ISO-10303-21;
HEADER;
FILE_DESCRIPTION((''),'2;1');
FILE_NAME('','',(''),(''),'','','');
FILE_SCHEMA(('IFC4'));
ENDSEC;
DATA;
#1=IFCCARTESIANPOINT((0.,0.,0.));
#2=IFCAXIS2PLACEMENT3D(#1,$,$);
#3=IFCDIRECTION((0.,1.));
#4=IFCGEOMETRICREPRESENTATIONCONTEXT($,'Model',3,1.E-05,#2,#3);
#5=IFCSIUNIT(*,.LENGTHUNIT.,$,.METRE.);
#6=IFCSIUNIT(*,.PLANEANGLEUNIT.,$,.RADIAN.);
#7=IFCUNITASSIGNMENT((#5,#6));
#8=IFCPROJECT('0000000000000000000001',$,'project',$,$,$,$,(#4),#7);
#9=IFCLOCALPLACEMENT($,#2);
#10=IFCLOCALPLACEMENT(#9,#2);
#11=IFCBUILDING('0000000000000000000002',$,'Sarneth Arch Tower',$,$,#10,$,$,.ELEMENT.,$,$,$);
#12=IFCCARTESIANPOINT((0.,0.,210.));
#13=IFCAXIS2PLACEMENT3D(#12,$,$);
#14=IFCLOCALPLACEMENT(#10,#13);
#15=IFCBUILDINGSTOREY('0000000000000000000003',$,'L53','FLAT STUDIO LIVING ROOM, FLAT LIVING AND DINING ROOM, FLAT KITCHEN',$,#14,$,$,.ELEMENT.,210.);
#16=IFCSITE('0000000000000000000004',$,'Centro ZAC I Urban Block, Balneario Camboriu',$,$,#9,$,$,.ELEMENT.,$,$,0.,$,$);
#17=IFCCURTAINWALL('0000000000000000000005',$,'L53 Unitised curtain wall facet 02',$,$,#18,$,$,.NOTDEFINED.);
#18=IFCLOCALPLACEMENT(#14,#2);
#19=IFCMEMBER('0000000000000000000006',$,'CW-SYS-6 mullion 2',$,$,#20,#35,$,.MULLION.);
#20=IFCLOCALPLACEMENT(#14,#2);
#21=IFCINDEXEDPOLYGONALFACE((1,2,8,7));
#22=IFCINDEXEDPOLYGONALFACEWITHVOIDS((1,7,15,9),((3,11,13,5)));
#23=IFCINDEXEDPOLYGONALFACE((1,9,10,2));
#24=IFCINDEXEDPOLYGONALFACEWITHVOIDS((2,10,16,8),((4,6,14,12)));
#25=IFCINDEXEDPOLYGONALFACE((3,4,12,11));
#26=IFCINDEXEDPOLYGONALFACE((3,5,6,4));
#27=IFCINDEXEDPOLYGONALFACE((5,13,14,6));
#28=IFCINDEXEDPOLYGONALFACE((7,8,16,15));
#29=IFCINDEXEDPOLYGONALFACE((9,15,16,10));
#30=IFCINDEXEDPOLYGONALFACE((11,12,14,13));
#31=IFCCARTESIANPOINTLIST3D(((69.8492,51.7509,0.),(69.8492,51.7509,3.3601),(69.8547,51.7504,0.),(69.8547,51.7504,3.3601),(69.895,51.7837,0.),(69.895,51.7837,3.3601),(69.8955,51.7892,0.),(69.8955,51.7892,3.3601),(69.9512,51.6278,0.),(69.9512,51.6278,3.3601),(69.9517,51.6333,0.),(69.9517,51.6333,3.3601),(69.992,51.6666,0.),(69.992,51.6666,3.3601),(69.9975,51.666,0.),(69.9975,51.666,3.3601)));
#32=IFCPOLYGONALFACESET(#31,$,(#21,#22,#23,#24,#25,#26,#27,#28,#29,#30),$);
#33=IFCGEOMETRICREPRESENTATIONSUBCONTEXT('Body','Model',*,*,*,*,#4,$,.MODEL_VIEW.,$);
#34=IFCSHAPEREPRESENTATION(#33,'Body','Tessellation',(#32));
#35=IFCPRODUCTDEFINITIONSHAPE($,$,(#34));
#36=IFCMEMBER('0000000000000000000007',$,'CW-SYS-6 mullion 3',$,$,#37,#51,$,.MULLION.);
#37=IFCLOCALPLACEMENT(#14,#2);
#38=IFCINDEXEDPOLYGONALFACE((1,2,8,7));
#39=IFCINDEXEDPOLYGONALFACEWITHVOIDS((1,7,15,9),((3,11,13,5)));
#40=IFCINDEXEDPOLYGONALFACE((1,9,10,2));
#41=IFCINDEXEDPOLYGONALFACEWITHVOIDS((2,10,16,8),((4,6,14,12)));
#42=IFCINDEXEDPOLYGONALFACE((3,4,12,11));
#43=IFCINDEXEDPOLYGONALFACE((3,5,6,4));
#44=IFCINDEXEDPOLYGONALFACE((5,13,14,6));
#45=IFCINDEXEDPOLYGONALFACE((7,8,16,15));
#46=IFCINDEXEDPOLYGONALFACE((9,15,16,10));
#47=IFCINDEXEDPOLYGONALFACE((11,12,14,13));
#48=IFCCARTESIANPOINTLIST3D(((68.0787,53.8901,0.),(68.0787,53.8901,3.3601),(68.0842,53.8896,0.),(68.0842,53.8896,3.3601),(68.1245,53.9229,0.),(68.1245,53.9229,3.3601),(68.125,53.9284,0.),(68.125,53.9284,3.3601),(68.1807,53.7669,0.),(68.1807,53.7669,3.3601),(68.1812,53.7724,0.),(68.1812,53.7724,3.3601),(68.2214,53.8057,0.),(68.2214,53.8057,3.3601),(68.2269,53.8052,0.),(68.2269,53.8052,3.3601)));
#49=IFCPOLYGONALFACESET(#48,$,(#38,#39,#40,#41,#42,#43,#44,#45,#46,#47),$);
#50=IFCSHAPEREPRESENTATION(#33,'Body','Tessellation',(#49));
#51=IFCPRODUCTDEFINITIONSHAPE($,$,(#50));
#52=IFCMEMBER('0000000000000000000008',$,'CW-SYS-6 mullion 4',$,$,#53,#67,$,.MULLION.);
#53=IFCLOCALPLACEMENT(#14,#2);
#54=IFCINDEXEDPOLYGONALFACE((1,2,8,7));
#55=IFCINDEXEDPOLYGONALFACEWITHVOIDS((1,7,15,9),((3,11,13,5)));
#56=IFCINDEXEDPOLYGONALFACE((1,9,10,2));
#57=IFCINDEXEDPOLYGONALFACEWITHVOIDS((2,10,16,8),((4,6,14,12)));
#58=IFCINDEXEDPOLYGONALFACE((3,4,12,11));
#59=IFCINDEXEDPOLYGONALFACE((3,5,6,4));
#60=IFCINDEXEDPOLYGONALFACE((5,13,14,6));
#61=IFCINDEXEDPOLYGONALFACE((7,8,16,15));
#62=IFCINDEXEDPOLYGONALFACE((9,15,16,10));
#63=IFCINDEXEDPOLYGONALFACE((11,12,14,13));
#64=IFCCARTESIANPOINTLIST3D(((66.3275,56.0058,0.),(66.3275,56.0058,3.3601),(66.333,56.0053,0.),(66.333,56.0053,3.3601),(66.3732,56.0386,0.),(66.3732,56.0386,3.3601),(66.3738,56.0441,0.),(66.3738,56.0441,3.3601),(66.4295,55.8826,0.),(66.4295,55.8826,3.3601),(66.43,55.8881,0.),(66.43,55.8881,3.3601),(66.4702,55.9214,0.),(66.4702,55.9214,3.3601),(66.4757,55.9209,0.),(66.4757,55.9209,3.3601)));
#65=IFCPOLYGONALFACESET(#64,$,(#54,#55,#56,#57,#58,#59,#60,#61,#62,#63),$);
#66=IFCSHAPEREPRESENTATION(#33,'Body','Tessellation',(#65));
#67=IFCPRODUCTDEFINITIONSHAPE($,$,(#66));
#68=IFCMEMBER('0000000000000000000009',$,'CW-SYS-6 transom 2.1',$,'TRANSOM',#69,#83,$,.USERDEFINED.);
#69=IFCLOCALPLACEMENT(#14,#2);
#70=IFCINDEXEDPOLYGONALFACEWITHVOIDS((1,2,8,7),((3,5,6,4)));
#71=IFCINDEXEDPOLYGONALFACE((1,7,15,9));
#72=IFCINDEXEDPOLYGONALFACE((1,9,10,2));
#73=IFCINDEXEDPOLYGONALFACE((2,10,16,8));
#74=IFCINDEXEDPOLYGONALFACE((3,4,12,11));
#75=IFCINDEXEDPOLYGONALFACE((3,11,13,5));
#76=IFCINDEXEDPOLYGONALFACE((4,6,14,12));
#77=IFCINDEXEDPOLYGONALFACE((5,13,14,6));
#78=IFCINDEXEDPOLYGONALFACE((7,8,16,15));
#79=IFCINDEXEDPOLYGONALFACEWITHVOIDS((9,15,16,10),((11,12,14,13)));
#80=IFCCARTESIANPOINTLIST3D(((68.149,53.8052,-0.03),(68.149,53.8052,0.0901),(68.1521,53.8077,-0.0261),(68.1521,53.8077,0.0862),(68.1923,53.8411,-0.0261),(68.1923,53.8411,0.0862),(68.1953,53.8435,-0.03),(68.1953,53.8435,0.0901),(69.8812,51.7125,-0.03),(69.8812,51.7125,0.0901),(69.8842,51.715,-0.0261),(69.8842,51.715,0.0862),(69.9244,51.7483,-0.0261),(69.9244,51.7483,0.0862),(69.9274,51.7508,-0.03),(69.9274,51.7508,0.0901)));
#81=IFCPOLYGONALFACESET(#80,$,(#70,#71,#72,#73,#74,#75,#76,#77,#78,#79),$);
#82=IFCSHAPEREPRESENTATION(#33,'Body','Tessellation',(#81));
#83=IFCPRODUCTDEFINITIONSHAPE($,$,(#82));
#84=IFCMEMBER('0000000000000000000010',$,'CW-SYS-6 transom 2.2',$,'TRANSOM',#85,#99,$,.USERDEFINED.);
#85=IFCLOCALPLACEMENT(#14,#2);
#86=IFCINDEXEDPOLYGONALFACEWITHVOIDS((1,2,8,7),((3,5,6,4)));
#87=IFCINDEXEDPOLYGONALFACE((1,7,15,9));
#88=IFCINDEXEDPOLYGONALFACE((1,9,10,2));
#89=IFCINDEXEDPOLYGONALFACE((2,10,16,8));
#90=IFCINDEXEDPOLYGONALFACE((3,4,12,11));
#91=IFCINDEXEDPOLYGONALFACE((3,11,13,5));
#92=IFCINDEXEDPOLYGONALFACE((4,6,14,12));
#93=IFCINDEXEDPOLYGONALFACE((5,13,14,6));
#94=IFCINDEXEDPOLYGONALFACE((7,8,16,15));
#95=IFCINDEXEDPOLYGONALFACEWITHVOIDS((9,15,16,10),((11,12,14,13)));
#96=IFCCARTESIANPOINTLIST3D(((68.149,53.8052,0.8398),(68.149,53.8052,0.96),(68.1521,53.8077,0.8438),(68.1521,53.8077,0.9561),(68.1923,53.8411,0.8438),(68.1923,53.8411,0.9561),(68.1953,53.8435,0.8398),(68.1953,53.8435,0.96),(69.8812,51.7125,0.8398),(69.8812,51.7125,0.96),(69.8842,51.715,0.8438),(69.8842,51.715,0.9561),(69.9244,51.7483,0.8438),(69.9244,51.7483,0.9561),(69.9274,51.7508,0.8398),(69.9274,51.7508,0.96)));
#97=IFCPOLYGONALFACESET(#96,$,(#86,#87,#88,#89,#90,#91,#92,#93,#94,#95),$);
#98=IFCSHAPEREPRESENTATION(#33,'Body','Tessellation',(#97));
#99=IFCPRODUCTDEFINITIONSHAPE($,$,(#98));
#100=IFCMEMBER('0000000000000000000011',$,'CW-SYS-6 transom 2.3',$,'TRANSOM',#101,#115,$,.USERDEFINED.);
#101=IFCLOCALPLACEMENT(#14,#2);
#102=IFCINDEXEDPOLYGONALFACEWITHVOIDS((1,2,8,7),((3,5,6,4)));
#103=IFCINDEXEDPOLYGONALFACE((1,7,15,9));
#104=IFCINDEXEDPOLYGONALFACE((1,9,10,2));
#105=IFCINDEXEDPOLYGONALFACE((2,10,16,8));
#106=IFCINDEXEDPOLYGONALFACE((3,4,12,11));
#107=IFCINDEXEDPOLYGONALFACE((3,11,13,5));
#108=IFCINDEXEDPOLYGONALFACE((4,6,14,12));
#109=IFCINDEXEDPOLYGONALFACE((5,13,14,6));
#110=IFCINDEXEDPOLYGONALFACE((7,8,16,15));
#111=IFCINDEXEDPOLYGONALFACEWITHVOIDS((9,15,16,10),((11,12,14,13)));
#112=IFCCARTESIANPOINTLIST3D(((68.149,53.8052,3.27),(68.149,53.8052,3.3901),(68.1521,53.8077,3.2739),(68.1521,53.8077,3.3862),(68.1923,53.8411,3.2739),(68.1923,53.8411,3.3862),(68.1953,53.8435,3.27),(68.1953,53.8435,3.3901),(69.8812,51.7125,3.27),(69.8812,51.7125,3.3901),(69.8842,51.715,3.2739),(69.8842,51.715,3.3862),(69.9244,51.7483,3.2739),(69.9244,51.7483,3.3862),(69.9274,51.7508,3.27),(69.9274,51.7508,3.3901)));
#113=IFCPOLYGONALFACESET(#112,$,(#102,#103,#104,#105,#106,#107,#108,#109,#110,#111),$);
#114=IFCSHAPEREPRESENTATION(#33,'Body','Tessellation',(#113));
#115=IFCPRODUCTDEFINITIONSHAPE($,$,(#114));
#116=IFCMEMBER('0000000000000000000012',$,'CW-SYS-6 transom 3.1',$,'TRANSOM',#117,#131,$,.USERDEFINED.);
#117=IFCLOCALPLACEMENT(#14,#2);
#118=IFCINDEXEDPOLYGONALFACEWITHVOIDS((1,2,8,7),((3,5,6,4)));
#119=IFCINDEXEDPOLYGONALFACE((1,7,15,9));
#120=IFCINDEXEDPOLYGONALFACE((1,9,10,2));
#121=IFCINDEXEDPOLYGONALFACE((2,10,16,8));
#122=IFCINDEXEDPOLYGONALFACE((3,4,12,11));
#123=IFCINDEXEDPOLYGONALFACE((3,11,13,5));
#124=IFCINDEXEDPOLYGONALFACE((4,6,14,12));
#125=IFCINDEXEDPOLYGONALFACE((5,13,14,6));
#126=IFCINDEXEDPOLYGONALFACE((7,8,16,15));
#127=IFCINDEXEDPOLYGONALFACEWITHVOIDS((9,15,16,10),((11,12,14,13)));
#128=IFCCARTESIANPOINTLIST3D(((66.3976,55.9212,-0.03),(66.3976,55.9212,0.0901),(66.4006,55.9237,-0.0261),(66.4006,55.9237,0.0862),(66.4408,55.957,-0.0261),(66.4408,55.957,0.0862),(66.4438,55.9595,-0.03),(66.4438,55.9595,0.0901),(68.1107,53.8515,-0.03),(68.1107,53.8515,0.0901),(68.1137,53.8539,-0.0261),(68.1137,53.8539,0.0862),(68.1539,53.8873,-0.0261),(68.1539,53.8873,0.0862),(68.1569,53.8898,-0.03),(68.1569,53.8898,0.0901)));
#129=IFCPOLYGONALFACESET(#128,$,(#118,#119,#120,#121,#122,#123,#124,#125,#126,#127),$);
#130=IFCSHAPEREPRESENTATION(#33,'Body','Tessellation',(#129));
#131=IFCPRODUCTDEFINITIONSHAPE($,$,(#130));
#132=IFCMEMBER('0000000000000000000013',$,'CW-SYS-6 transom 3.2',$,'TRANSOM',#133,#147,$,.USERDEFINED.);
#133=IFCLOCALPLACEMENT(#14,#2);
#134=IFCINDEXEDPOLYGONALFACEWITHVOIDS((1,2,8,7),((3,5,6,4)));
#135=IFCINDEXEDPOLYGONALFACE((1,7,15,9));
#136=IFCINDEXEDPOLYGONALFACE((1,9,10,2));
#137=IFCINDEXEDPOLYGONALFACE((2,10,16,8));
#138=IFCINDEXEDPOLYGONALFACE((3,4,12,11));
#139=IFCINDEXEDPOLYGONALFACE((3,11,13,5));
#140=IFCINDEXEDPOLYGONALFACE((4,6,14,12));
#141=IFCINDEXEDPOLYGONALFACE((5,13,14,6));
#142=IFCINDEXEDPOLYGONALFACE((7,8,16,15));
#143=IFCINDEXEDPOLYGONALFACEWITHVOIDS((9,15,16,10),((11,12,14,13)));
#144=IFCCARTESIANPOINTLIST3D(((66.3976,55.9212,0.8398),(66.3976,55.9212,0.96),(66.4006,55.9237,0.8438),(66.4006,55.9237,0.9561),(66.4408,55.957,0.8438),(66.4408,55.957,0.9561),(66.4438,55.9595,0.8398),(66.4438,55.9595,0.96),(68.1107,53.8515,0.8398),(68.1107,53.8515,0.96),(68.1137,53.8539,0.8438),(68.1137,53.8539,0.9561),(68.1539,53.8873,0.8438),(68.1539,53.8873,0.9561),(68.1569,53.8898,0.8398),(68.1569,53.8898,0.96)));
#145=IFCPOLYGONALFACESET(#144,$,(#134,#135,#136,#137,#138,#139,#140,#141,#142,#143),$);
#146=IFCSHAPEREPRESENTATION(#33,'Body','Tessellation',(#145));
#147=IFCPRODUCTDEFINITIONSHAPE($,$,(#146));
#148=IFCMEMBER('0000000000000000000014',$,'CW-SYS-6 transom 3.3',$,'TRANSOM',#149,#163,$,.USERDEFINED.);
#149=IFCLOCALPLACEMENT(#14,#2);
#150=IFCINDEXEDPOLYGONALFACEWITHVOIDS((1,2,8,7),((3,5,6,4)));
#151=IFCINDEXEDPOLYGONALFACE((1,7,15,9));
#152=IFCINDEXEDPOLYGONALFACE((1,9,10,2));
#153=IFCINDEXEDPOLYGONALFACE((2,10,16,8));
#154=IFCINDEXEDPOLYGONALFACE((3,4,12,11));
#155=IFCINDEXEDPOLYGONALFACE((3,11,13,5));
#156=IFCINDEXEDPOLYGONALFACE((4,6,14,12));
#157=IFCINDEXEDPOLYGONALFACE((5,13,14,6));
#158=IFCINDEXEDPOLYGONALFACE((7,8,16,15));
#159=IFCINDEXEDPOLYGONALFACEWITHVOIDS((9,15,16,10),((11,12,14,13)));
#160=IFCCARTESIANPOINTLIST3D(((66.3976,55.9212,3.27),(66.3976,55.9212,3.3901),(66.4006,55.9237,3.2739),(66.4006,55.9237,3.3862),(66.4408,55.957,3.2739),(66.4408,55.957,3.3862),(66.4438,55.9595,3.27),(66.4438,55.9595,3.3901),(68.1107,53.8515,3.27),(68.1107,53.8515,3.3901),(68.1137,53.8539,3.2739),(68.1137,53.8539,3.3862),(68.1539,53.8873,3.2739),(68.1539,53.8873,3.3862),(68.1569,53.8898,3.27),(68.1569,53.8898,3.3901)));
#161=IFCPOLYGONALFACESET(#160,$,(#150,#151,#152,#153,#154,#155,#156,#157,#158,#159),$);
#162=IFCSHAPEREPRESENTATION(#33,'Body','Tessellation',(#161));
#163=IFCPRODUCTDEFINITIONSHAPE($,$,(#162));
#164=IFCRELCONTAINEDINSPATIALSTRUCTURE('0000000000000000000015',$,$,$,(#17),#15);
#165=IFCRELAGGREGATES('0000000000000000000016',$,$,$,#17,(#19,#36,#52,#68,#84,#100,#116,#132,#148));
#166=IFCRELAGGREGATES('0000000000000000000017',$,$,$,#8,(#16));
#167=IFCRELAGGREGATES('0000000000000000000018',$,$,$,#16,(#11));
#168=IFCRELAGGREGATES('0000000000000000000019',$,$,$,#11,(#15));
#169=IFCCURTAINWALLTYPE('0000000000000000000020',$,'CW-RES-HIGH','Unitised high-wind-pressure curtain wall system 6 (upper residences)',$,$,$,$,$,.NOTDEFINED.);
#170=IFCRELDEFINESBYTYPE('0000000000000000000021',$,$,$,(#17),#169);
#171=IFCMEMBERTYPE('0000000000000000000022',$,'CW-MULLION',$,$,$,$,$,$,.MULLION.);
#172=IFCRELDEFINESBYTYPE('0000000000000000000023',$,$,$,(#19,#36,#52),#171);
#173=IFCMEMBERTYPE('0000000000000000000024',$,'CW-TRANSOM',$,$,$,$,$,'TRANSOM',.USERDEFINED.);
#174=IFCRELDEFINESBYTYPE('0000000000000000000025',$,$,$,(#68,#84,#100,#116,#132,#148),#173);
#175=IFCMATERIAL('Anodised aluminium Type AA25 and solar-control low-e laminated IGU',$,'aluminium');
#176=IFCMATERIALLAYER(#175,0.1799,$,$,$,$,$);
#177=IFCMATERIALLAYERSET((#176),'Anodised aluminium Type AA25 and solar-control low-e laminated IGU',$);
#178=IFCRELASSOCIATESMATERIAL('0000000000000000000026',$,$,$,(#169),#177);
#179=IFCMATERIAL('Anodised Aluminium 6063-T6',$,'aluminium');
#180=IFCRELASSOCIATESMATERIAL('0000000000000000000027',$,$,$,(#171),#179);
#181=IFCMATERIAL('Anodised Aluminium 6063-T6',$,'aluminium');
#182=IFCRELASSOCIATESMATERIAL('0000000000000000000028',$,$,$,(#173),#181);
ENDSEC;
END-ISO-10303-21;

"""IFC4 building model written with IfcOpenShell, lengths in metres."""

from ifc_helpers import new_model, si_unit, direction, frame, origin, origin_2d, place, context, subcontext, project, spatial, hollow_rectangle, extrude, material, layer, layer_set, material_profile, profile_set, type_object, element, aggregate, save


model = new_model("IFC4")

# Units and contexts
model_context = context("Model", 3, precision=1e-05, world=origin(), true_north=direction((0.0, 1.0)))
body_context = subcontext(model_context, "Body", "Model", "MODEL_VIEW")
ifc_project = project(units=[si_unit("LENGTHUNIT", "METRE"), si_unit("PLANEANGLEUNIT", "RADIAN")], contexts=[model_context])

# Site, building, storey
site_placement = place(None, origin())
site = spatial("IfcSite", under=ifc_project, at=site_placement, Name="Centro ZAC I Urban Block, Balneario Camboriu", CompositionType="ELEMENT", RefElevation=0.0)
building_placement = place(site_placement, origin())
building = spatial("IfcBuilding", under=site, at=building_placement, Name="Sarneth Arch Tower", CompositionType="ELEMENT")
storey_placement = place(building_placement, frame((0.0, 0.0, 210.0)))
storey = spatial("IfcBuildingStorey", under=building, at=storey_placement, Name="L53", Description="FLAT STUDIO LIVING ROOM, FLAT LIVING AND DINING ROOM, FLAT KITCHEN", CompositionType="ELEMENT", Elevation=210.0)

# Curtain wall, members
ifc_material_1 = material(Name="Anodised aluminium Type AA25 and solar-control low-e laminated IGU", Category="aluminium")
ifc_layer_1 = layer(ifc_material_1, 0.1799)
ifc_layer_set_1 = layer_set([ifc_layer_1], Name="Anodised aluminium Type AA25 and solar-control low-e laminated IGU")
curtain_wall_type = type_object("IfcCurtainWallType", Name="CW-RES-HIGH", Description="Unitised high-wind-pressure curtain wall system 6 (upper residences)", PredefinedType="NOTDEFINED", material=ifc_layer_set_1)
curtain_wall_placement = place(storey_placement, origin())
curtain_wall = element("IfcCurtainWall", 1, at=curtain_wall_placement, inside=storey, type_object=curtain_wall_type, Name="L53 Unitised curtain wall facet 02", PredefinedType="NOTDEFINED")
ifc_material_2 = material(Name="Anodised Aluminium 6063-T6", Category="aluminium")
ifc_material_profile_1 = material_profile(ifc_material_2, hollow_rectangle(XDim=0.0601, YDim=0.1599, WallThickness=0.0039, at=origin_2d()), Name="AL-MULL-160x60x4")
ifc_profile_set_1 = profile_set([ifc_material_profile_1], Name="Anodised Aluminium 6063-T6")
member_type_1 = type_object("IfcMemberType", Name="CW-MULLION", PredefinedType="MULLION", material=ifc_profile_set_1)
member_1_placement = place(storey_placement, frame((69.9233, 51.7085, 0.0), z_axis=(0.0, 0.0, 1.0), x_axis=(-0.770359, -0.63761, 0.0)))
member_1 = element("IfcMember", 2, at=member_1_placement, type_object=member_type_1, Name="CW-SYS-6 mullion 2", PredefinedType="MULLION", context=body_context, shape_type="SweptSolid", body=[
    extrude(hollow_rectangle(XDim=0.0601, YDim=0.1599, WallThickness=0.0039, at=origin_2d()), origin(), (0.0, 0.0, 1.0), 3.3601),
])
member_2_placement = place(storey_placement, frame((68.1528, 53.8477, 0.0), z_axis=(0.0, 0.0, 1.0), x_axis=(-0.770359, -0.63761, 0.0)))
member_2 = element("IfcMember", 3, at=member_2_placement, type_object=member_type_1, Name="CW-SYS-6 mullion 3", PredefinedType="MULLION", context=body_context, shape_type="SweptSolid", body=[
    extrude(hollow_rectangle(XDim=0.0601, YDim=0.1599, WallThickness=0.0039, at=origin_2d()), origin(), (0.0, 0.0, 1.0), 3.3601),
])
member_3_placement = place(storey_placement, frame((66.4016, 55.9634, 0.0), z_axis=(0.0, 0.0, 1.0), x_axis=(-0.770359, -0.63761, 0.0)))
member_3 = element("IfcMember", 4, at=member_3_placement, type_object=member_type_1, Name="CW-SYS-6 mullion 4", PredefinedType="MULLION", context=body_context, shape_type="SweptSolid", body=[
    extrude(hollow_rectangle(XDim=0.0601, YDim=0.1599, WallThickness=0.0039, at=origin_2d()), origin(), (0.0, 0.0, 1.0), 3.3601),
])
ifc_material_3 = material(Name="Anodised Aluminium 6063-T6", Category="aluminium")
ifc_material_profile_2 = material_profile(ifc_material_3, hollow_rectangle(XDim=0.0601, YDim=0.1201, WallThickness=0.0039, at=origin_2d()), Name="AL-TRAN-120x60x4")
ifc_profile_set_2 = profile_set([ifc_material_profile_2], Name="Anodised Aluminium 6063-T6")
member_type_2 = type_object("IfcMemberType", Name="CW-TRANSOM", ElementType="TRANSOM", PredefinedType="USERDEFINED", material=ifc_profile_set_2)
member_4_placement = place(storey_placement, frame((69.9043, 51.7317, 0.03), z_axis=(-0.637617, 0.770353, 0.0), x_axis=(-0.770353, -0.637617, 0.0)))
member_4 = element("IfcMember", 5, at=member_4_placement, type_object=member_type_2, Name="CW-SYS-6 transom 2.1", ObjectType="TRANSOM", PredefinedType="USERDEFINED", context=body_context, shape_type="SweptSolid", body=[
    extrude(hollow_rectangle(XDim=0.0601, YDim=0.1201, WallThickness=0.0039, at=origin_2d()), origin(), (0.0, 0.0, 1.0), 2.7166),
])
member_5_placement = place(storey_placement, frame((69.9043, 51.7317, 0.8999), z_axis=(-0.637617, 0.770353, 0.0), x_axis=(-0.770353, -0.637617, 0.0)))
member_5 = element("IfcMember", 6, at=member_5_placement, type_object=member_type_2, Name="CW-SYS-6 transom 2.2", ObjectType="TRANSOM", PredefinedType="USERDEFINED", context=body_context, shape_type="SweptSolid", body=[
    extrude(hollow_rectangle(XDim=0.0601, YDim=0.1201, WallThickness=0.0039, at=origin_2d()), origin(), (0.0, 0.0, 1.0), 2.7166),
])
member_6_placement = place(storey_placement, frame((69.9043, 51.7317, 3.3301), z_axis=(-0.637617, 0.770353, 0.0), x_axis=(-0.770353, -0.637617, 0.0)))
member_6 = element("IfcMember", 7, at=member_6_placement, type_object=member_type_2, Name="CW-SYS-6 transom 2.3", ObjectType="TRANSOM", PredefinedType="USERDEFINED", context=body_context, shape_type="SweptSolid", body=[
    extrude(hollow_rectangle(XDim=0.0601, YDim=0.1201, WallThickness=0.0039, at=origin_2d()), origin(), (0.0, 0.0, 1.0), 2.7166),
])
member_7_placement = place(storey_placement, frame((68.1338, 53.8706, 0.03), z_axis=(-0.637607, 0.770362, 0.0), x_axis=(-0.770362, -0.637607, 0.0)))
member_7 = element("IfcMember", 8, at=member_7_placement, type_object=member_type_2, Name="CW-SYS-6 transom 3.1", ObjectType="TRANSOM", PredefinedType="USERDEFINED", context=body_context, shape_type="SweptSolid", body=[
    extrude(hollow_rectangle(XDim=0.0601, YDim=0.1201, WallThickness=0.0039, at=origin_2d()), origin(), (0.0, 0.0, 1.0), 2.6868),
])
member_8_placement = place(storey_placement, frame((68.1338, 53.8706, 0.8999), z_axis=(-0.637607, 0.770362, 0.0), x_axis=(-0.770362, -0.637607, 0.0)))
member_8 = element("IfcMember", 9, at=member_8_placement, type_object=member_type_2, Name="CW-SYS-6 transom 3.2", ObjectType="TRANSOM", PredefinedType="USERDEFINED", context=body_context, shape_type="SweptSolid", body=[
    extrude(hollow_rectangle(XDim=0.0601, YDim=0.1201, WallThickness=0.0039, at=origin_2d()), origin(), (0.0, 0.0, 1.0), 2.6868),
])
member_9_placement = place(storey_placement, frame((68.1338, 53.8706, 3.3301), z_axis=(-0.637607, 0.770362, 0.0), x_axis=(-0.770362, -0.637607, 0.0)))
member_9 = element("IfcMember", 10, at=member_9_placement, type_object=member_type_2, Name="CW-SYS-6 transom 3.3", ObjectType="TRANSOM", PredefinedType="USERDEFINED", context=body_context, shape_type="SweptSolid", body=[
    extrude(hollow_rectangle(XDim=0.0601, YDim=0.1201, WallThickness=0.0039, at=origin_2d()), origin(), (0.0, 0.0, 1.0), 2.6868),
])

aggregate(curtain_wall, [member_1, member_2, member_3, member_4, member_5, member_6, member_7, member_8, member_9])

save(model, "model.ifc")
